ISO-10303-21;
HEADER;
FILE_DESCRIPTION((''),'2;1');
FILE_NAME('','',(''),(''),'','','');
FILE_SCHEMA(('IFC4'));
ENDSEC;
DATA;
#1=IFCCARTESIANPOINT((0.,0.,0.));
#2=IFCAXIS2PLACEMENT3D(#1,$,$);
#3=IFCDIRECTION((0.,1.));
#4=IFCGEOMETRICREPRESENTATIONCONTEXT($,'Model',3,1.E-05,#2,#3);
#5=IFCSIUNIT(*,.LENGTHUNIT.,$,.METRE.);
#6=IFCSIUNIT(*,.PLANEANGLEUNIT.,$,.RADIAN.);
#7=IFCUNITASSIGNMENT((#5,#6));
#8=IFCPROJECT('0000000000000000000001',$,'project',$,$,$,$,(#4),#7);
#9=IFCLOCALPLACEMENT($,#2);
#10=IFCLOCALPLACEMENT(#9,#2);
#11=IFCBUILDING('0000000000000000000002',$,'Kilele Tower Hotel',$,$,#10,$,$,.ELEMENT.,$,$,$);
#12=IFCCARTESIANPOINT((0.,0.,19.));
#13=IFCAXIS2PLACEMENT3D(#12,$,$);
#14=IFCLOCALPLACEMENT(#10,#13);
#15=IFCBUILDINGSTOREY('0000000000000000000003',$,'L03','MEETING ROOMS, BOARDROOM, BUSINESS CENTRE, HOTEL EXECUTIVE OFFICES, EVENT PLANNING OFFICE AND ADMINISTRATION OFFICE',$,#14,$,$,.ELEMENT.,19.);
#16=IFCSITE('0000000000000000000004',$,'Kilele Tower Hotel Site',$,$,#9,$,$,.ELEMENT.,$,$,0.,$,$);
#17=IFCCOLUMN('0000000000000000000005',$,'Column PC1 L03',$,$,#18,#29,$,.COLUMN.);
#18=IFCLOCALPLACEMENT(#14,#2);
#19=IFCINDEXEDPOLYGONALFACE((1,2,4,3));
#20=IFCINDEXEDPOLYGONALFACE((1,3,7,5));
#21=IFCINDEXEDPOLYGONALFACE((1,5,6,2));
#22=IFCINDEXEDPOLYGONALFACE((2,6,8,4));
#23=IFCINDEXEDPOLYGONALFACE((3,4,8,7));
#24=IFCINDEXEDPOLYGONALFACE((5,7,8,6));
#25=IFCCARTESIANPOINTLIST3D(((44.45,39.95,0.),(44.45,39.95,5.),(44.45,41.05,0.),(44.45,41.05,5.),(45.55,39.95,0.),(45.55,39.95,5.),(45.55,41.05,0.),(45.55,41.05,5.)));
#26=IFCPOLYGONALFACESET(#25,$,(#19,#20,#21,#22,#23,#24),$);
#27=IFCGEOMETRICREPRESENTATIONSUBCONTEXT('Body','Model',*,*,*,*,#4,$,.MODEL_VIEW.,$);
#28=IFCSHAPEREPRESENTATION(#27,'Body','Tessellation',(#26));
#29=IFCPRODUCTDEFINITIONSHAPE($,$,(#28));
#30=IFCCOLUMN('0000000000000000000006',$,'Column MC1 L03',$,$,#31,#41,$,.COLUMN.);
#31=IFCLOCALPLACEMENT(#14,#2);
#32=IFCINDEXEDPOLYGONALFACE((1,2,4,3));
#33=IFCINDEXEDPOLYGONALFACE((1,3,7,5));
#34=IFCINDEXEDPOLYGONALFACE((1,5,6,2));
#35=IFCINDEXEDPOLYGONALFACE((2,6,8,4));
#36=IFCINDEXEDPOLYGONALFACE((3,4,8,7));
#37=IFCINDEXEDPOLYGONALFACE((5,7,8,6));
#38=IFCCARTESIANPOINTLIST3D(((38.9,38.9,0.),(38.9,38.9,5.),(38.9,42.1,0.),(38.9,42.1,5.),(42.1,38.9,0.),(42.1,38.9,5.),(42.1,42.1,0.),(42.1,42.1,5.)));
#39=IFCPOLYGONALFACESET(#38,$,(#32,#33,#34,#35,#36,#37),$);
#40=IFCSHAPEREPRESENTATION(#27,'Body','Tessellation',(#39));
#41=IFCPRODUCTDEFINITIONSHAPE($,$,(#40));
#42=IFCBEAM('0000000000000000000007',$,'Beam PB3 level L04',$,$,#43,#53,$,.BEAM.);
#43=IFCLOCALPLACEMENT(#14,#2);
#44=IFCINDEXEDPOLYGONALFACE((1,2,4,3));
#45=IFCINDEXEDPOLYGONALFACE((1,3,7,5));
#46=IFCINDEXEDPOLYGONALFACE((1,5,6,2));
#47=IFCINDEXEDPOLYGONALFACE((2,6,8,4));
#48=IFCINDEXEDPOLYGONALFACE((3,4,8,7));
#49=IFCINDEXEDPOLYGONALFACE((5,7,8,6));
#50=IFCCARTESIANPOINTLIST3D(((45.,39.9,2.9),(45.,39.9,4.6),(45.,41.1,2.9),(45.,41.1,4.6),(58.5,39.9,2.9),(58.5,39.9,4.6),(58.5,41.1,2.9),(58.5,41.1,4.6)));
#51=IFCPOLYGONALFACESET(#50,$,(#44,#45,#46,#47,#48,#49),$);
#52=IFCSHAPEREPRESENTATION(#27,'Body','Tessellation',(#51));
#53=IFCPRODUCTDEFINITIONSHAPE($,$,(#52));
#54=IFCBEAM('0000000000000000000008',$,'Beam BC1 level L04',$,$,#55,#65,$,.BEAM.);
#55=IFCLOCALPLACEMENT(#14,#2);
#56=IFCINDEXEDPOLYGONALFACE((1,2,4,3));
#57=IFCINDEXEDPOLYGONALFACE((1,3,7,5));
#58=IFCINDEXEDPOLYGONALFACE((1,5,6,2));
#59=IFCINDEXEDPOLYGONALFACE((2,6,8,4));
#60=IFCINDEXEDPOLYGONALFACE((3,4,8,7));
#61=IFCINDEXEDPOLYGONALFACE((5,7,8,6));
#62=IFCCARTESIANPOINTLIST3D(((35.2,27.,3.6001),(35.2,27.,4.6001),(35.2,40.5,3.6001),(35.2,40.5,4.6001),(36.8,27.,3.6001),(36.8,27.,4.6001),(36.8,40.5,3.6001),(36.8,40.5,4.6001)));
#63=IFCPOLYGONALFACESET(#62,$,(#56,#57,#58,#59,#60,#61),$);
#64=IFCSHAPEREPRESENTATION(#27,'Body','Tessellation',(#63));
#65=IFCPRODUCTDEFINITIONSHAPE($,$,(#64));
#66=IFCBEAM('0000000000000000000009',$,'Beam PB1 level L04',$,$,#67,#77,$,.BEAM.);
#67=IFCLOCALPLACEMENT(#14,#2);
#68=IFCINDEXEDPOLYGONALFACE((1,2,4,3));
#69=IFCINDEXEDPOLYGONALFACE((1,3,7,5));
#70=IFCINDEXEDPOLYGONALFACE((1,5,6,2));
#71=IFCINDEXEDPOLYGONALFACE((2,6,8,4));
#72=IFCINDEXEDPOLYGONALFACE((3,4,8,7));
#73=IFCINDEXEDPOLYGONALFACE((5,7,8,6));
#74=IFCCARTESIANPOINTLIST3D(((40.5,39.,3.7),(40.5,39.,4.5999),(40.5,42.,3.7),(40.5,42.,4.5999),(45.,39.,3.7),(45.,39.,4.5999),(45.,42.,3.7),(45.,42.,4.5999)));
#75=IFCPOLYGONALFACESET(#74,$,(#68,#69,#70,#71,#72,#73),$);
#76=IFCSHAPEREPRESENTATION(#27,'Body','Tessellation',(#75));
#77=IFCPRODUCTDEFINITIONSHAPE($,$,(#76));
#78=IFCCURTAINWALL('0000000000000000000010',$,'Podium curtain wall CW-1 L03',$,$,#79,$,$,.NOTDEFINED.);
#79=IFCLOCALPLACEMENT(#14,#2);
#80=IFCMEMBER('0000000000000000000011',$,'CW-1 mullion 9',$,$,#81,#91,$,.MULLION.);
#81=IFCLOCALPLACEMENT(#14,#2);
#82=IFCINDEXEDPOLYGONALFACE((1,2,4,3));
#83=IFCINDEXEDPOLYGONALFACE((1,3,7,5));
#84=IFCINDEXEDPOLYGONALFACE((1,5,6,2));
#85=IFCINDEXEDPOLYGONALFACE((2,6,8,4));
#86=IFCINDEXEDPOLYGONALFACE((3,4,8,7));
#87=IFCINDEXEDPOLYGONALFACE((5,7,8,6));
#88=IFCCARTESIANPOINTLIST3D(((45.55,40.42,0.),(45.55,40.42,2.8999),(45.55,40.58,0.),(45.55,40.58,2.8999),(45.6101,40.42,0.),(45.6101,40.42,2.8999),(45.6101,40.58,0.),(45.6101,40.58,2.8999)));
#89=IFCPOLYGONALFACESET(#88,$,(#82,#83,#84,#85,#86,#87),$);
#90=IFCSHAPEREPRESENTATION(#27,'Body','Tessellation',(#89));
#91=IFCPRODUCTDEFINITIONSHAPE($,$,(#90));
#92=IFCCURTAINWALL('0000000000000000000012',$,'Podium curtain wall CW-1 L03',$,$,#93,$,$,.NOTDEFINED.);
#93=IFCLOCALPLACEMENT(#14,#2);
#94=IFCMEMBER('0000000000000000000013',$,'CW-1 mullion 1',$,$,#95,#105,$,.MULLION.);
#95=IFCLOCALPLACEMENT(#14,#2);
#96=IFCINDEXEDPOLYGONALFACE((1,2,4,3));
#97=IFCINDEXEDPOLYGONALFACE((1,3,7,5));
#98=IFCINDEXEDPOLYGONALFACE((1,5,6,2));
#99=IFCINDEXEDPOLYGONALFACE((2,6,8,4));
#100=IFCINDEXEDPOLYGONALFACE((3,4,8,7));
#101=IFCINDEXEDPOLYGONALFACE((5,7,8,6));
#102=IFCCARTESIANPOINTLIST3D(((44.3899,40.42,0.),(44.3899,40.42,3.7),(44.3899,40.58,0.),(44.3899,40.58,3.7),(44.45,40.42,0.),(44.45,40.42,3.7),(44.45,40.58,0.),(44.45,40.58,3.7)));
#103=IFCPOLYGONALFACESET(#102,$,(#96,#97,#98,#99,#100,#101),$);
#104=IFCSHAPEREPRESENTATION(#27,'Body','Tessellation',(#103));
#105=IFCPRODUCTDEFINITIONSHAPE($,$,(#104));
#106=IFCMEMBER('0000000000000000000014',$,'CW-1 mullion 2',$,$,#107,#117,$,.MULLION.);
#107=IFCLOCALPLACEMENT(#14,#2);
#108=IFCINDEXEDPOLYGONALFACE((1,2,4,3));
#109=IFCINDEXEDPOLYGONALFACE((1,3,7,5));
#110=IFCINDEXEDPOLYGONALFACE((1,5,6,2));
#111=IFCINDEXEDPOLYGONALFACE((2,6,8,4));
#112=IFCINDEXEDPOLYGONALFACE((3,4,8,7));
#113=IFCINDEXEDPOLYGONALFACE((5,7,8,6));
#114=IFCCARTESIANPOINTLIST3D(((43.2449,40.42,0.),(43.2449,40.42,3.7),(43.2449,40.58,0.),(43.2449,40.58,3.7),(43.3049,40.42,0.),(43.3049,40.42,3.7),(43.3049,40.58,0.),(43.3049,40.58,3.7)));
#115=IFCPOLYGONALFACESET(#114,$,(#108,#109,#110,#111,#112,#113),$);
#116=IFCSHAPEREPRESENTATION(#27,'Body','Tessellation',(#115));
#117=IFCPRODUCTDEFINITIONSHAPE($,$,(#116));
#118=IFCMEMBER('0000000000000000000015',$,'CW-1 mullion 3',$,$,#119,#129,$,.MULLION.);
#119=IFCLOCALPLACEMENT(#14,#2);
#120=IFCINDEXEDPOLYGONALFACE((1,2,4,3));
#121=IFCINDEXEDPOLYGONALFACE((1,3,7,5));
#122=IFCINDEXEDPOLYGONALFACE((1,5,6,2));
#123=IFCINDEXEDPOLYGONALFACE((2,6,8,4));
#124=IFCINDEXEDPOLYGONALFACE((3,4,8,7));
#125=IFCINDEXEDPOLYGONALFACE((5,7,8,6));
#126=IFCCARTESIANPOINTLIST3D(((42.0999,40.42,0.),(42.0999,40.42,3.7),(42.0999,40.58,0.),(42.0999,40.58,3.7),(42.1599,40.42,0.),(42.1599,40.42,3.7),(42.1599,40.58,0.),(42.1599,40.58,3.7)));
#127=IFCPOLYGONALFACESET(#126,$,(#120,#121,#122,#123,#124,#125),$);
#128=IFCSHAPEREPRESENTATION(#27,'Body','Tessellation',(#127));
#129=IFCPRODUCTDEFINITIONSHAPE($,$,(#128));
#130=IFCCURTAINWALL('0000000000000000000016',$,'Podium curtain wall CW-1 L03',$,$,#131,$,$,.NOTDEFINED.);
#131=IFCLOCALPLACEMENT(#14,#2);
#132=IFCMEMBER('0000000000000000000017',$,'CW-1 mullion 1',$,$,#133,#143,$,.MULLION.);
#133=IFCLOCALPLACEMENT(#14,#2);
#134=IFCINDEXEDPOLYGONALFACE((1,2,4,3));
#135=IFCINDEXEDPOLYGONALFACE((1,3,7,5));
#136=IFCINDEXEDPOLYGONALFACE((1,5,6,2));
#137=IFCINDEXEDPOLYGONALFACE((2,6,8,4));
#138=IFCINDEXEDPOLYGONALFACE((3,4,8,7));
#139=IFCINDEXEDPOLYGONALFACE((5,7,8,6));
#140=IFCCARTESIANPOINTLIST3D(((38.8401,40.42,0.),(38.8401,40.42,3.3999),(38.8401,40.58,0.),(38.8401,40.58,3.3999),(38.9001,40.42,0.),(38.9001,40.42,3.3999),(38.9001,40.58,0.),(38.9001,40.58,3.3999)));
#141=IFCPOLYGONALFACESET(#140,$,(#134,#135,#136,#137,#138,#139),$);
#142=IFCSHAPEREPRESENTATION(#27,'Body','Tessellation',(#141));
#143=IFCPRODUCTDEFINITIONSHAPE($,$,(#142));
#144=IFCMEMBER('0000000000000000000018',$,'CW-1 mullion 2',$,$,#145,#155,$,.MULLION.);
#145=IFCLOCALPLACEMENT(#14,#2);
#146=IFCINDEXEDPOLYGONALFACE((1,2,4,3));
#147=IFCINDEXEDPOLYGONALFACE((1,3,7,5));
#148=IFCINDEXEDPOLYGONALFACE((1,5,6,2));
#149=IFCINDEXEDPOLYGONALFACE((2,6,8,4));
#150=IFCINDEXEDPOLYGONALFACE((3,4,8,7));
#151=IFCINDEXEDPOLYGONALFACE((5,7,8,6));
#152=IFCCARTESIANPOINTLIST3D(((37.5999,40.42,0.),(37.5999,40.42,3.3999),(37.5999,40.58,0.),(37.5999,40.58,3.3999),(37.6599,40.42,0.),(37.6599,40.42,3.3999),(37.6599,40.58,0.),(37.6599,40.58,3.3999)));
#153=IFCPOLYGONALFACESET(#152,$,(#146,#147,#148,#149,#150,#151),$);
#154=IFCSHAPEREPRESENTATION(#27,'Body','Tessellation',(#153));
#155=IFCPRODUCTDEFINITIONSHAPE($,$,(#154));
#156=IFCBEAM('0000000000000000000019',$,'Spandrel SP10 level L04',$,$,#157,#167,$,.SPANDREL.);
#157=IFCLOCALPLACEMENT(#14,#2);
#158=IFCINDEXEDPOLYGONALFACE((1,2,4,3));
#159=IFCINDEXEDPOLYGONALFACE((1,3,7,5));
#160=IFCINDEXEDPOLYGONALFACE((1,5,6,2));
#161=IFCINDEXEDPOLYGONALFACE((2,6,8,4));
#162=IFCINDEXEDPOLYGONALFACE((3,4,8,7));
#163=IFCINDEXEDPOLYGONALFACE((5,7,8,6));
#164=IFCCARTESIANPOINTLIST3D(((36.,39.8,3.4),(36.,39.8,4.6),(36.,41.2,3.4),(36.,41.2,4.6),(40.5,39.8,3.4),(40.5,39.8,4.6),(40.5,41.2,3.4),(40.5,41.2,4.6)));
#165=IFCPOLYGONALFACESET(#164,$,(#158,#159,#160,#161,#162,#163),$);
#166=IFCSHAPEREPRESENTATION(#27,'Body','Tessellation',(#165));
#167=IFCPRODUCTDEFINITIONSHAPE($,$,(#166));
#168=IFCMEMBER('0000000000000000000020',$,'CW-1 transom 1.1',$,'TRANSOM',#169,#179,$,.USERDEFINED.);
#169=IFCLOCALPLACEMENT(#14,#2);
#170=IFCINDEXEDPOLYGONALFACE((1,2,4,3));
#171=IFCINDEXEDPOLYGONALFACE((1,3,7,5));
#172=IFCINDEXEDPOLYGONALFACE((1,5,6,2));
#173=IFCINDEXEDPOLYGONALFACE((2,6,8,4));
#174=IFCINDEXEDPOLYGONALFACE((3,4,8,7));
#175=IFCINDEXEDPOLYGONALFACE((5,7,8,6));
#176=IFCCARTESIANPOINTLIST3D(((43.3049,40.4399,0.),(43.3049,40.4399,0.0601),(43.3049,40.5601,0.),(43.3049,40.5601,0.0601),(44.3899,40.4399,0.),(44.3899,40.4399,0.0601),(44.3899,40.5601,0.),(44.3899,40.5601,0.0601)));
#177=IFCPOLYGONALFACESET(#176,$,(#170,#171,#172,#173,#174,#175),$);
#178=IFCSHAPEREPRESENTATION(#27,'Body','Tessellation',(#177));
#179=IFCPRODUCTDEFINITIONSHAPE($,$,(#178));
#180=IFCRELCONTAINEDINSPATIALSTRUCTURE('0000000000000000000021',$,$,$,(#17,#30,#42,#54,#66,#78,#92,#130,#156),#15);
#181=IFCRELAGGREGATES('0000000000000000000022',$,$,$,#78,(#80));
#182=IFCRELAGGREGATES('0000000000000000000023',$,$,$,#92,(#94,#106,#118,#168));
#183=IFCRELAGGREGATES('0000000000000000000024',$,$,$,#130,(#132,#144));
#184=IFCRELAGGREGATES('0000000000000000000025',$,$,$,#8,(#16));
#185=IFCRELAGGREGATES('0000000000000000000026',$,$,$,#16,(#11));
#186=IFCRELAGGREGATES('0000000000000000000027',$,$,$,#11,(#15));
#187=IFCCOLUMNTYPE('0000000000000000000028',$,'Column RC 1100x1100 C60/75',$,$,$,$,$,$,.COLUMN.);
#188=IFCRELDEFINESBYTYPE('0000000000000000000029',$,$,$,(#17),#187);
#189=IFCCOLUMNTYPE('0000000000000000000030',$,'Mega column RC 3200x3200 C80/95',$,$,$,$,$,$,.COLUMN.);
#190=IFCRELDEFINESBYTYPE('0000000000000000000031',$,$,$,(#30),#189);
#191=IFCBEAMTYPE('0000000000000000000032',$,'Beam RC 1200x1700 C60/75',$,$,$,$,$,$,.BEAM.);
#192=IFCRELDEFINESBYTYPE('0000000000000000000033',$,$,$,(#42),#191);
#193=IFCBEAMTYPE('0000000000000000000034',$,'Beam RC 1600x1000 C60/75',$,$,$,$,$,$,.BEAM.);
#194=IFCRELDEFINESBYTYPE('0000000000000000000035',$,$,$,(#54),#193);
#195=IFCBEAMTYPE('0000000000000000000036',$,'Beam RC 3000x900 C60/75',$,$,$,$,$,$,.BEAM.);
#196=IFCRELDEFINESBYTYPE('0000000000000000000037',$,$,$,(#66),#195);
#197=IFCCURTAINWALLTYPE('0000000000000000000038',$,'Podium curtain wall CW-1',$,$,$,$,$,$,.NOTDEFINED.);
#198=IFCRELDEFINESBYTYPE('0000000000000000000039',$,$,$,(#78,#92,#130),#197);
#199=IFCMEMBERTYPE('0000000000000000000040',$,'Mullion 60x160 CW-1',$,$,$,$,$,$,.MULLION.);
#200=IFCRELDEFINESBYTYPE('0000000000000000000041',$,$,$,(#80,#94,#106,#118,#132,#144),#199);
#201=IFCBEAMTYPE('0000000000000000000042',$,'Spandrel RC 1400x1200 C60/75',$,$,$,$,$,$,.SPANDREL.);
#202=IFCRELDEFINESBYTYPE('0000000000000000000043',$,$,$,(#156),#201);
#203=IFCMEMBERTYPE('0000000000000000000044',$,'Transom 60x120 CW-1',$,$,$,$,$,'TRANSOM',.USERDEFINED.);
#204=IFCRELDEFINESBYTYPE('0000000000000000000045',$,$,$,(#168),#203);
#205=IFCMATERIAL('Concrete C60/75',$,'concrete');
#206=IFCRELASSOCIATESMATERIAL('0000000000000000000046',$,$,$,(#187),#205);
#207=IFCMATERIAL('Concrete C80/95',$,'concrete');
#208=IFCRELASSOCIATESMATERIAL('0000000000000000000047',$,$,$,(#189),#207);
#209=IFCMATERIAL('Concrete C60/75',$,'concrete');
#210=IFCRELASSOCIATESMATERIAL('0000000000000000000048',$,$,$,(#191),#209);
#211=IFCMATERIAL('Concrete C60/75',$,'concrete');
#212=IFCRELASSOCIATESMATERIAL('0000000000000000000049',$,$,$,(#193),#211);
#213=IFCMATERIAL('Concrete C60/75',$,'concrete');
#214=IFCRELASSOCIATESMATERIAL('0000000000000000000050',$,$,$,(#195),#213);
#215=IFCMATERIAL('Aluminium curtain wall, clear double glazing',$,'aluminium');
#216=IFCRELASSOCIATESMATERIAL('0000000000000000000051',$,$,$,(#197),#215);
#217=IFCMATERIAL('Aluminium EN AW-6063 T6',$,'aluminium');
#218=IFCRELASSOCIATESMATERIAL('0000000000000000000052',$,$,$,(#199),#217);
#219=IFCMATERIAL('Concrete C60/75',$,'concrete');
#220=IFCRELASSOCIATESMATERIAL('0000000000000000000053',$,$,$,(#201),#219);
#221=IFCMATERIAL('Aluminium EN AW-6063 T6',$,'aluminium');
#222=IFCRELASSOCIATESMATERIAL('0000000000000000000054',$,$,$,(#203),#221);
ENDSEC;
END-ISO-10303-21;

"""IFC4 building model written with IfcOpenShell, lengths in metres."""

from ifc_helpers import new_model, si_unit, direction, frame, origin, origin_2d, place, context, subcontext, project, spatial, rectangle, extrude, material, material_profile, profile_set, type_object, element, aggregate, save


model = new_model("IFC4")

# Units and contexts
model_context = context("Model", 3, precision=1e-05, world=origin(), true_north=direction((0.0, 1.0)))
body_context = subcontext(model_context, "Body", "Model", "MODEL_VIEW")
ifc_project = project(units=[si_unit("LENGTHUNIT", "METRE"), si_unit("PLANEANGLEUNIT", "RADIAN")], contexts=[model_context])

# Site, building, storey
site_placement = place(None, origin())
site = spatial("IfcSite", under=ifc_project, at=site_placement, Name="Kilele Tower Hotel Site", CompositionType="ELEMENT", RefElevation=0.0)
building_placement = place(site_placement, origin())
building = spatial("IfcBuilding", under=site, at=building_placement, Name="Kilele Tower Hotel", CompositionType="ELEMENT")
storey_placement = place(building_placement, frame((0.0, 0.0, 19.0)))
storey = spatial("IfcBuildingStorey", under=building, at=storey_placement, Name="L03", Description="MEETING ROOMS, BOARDROOM, BUSINESS CENTRE, HOTEL EXECUTIVE OFFICES, EVENT PLANNING OFFICE AND ADMINISTRATION OFFICE", CompositionType="ELEMENT", Elevation=19.0)

# Columns
ifc_material_1 = material(Name="Concrete C60/75", Category="concrete")
ifc_material_profile_1 = material_profile(ifc_material_1, rectangle(XDim=1.1001, YDim=1.1001, at=origin_2d()))
ifc_profile_set_1 = profile_set([ifc_material_profile_1], Name="Concrete C60/75")
column_type_1 = type_object("IfcColumnType", Name="Column RC 1100x1100 C60/75", PredefinedType="COLUMN", material=ifc_profile_set_1)
column_1_placement = place(storey_placement, frame((45.0, 40.5, 0.0), z_axis=(0.0, 0.0, 1.0), x_axis=(1.0, 0.0, 0.0)))
element("IfcColumn", 1, at=column_1_placement, inside=storey, type_object=column_type_1, Name="Column PC1 L03", PredefinedType="COLUMN", context=body_context, shape_type="SweptSolid", body=[
    extrude(rectangle(XDim=1.1001, YDim=1.1001, at=origin_2d()), origin(), (0.0, 0.0, 1.0), 5.0),
])
ifc_material_2 = material(Name="Concrete C80/95", Category="concrete")
ifc_material_profile_2 = material_profile(ifc_material_2, rectangle(XDim=3.2, YDim=3.2, at=origin_2d()))
ifc_profile_set_2 = profile_set([ifc_material_profile_2], Name="Concrete C80/95")
column_type_2 = type_object("IfcColumnType", Name="Mega column RC 3200x3200 C80/95", PredefinedType="COLUMN", material=ifc_profile_set_2)
column_2_placement = place(storey_placement, frame((40.5, 40.5, 0.0), z_axis=(0.0, 0.0, 1.0), x_axis=(1.0, 0.0, 0.0)))
element("IfcColumn", 2, at=column_2_placement, inside=storey, type_object=column_type_2, Name="Column MC1 L03", PredefinedType="COLUMN", context=body_context, shape_type="SweptSolid", body=[
    extrude(rectangle(XDim=3.2, YDim=3.2, at=origin_2d()), origin(), (0.0, 0.0, 1.0), 5.0),
])

# Beams
ifc_material_3 = material(Name="Concrete C60/75", Category="concrete")
ifc_material_profile_3 = material_profile(ifc_material_3, rectangle(XDim=1.2, YDim=1.7, at=origin_2d()))
ifc_profile_set_3 = profile_set([ifc_material_profile_3], Name="Concrete C60/75")
beam_type_1 = type_object("IfcBeamType", Name="Beam RC 1200x1700 C60/75", PredefinedType="BEAM", material=ifc_profile_set_3)
beam_1_placement = place(storey_placement, frame((45.0, 40.5, 3.75), z_axis=(1.0, 0.0, 0.0), x_axis=(0.0, 1.0, 0.0)))
element("IfcBeam", 3, at=beam_1_placement, inside=storey, type_object=beam_type_1, Name="Beam PB3 level L04", PredefinedType="BEAM", context=body_context, shape_type="SweptSolid", body=[
    extrude(rectangle(XDim=1.2, YDim=1.7, at=origin_2d()), origin(), (0.0, 0.0, 1.0), 13.5),
])
ifc_material_4 = material(Name="Concrete C60/75", Category="concrete")
ifc_material_profile_4 = material_profile(ifc_material_4, rectangle(XDim=1.6001, YDim=1.0, at=origin_2d()))
ifc_profile_set_4 = profile_set([ifc_material_profile_4], Name="Concrete C60/75")
beam_type_2 = type_object("IfcBeamType", Name="Beam RC 1600x1000 C60/75", PredefinedType="BEAM", material=ifc_profile_set_4)
beam_2_placement = place(storey_placement, frame((36.0, 40.5, 4.1001), z_axis=(0.0, -1.0, 0.0), x_axis=(1.0, 0.0, 0.0)))
element("IfcBeam", 4, at=beam_2_placement, inside=storey, type_object=beam_type_2, Name="Beam BC1 level L04", PredefinedType="BEAM", context=body_context, shape_type="SweptSolid", body=[
    extrude(rectangle(XDim=1.6001, YDim=1.0, at=origin_2d()), origin(), (0.0, 0.0, 1.0), 13.5),
])
ifc_material_5 = material(Name="Concrete C60/75", Category="concrete")
ifc_material_profile_5 = material_profile(ifc_material_5, rectangle(XDim=3.0, YDim=0.8999, at=origin_2d()))
ifc_profile_set_5 = profile_set([ifc_material_profile_5], Name="Concrete C60/75")
beam_type_3 = type_object("IfcBeamType", Name="Beam RC 3000x900 C60/75", PredefinedType="BEAM", material=ifc_profile_set_5)
beam_3_placement = place(storey_placement, frame((40.5, 40.5, 4.1499), z_axis=(1.0, 0.0, 0.0), x_axis=(0.0, 1.0, 0.0)))
element("IfcBeam", 5, at=beam_3_placement, inside=storey, type_object=beam_type_3, Name="Beam PB1 level L04", PredefinedType="BEAM", context=body_context, shape_type="SweptSolid", body=[
    extrude(rectangle(XDim=3.0, YDim=0.8999, at=origin_2d()), origin(), (0.0, 0.0, 1.0), 4.5),
])

# Curtain wall, member
ifc_material_6 = material(Name="Aluminium curtain wall, clear double glazing", Category="aluminium")
curtain_wall_type = type_object("IfcCurtainWallType", Name="Podium curtain wall CW-1", PredefinedType="NOTDEFINED", material=ifc_material_6)
curtain_wall_1_placement = place(storey_placement, origin())
curtain_wall_1 = element("IfcCurtainWall", 6, at=curtain_wall_1_placement, inside=storey, type_object=curtain_wall_type, Name="Podium curtain wall CW-1 L03", PredefinedType="NOTDEFINED")
ifc_material_7 = material(Name="Aluminium EN AW-6063 T6", Category="aluminium")
ifc_material_profile_6 = material_profile(ifc_material_7, rectangle(XDim=0.1599, YDim=0.0601, at=origin_2d()))
ifc_profile_set_6 = profile_set([ifc_material_profile_6], Name="Aluminium EN AW-6063 T6")
member_type_1 = type_object("IfcMemberType", Name="Mullion 60x160 CW-1", PredefinedType="MULLION", material=ifc_profile_set_6)
member_1_placement = place(storey_placement, frame((45.5801, 40.5, 0.0), z_axis=(0.0, 0.0, 1.0), x_axis=(0.0, -1.0, 0.0)))
member_1 = element("IfcMember", 7, at=member_1_placement, type_object=member_type_1, Name="CW-1 mullion 9", PredefinedType="MULLION", context=body_context, shape_type="SweptSolid", body=[
    extrude(rectangle(XDim=0.1599, YDim=0.0601, at=origin_2d()), origin(), (0.0, 0.0, 1.0), 2.8999),
])

# Curtain walls, members
curtain_wall_2_placement = place(storey_placement, origin())
curtain_wall_2 = element("IfcCurtainWall", 8, at=curtain_wall_2_placement, inside=storey, type_object=curtain_wall_type, Name="Podium curtain wall CW-1 L03", PredefinedType="NOTDEFINED")
member_2_placement = place(storey_placement, frame((44.4199, 40.5, 0.0), z_axis=(0.0, 0.0, 1.0), x_axis=(0.0, -1.0, 0.0)))
member_2 = element("IfcMember", 9, at=member_2_placement, type_object=member_type_1, Name="CW-1 mullion 1", PredefinedType="MULLION", context=body_context, shape_type="SweptSolid", body=[
    extrude(rectangle(XDim=0.1599, YDim=0.0601, at=origin_2d()), origin(), (0.0, 0.0, 1.0), 3.7),
])
member_3_placement = place(storey_placement, frame((43.2749, 40.5, 0.0), z_axis=(0.0, 0.0, 1.0), x_axis=(0.0, -1.0, 0.0)))
member_3 = element("IfcMember", 10, at=member_3_placement, type_object=member_type_1, Name="CW-1 mullion 2", PredefinedType="MULLION", context=body_context, shape_type="SweptSolid", body=[
    extrude(rectangle(XDim=0.1599, YDim=0.0601, at=origin_2d()), origin(), (0.0, 0.0, 1.0), 3.7),
])
member_4_placement = place(storey_placement, frame((42.1299, 40.5, 0.0), z_axis=(0.0, 0.0, 1.0), x_axis=(0.0, -1.0, 0.0)))
member_4 = element("IfcMember", 11, at=member_4_placement, type_object=member_type_1, Name="CW-1 mullion 3", PredefinedType="MULLION", context=body_context, shape_type="SweptSolid", body=[
    extrude(rectangle(XDim=0.1599, YDim=0.0601, at=origin_2d()), origin(), (0.0, 0.0, 1.0), 3.7),
])
curtain_wall_3_placement = place(storey_placement, origin())
curtain_wall_3 = element("IfcCurtainWall", 12, at=curtain_wall_3_placement, inside=storey, type_object=curtain_wall_type, Name="Podium curtain wall CW-1 L03", PredefinedType="NOTDEFINED")
member_5_placement = place(storey_placement, frame((38.8701, 40.5, 0.0), z_axis=(0.0, 0.0, 1.0), x_axis=(0.0, -1.0, 0.0)))
member_5 = element("IfcMember", 13, at=member_5_placement, type_object=member_type_1, Name="CW-1 mullion 1", PredefinedType="MULLION", context=body_context, shape_type="SweptSolid", body=[
    extrude(rectangle(XDim=0.1599, YDim=0.0601, at=origin_2d()), origin(), (0.0, 0.0, 1.0), 3.3999),
])
member_6_placement = place(storey_placement, frame((37.6299, 40.5, 0.0), z_axis=(0.0, 0.0, 1.0), x_axis=(0.0, -1.0, 0.0)))
member_6 = element("IfcMember", 14, at=member_6_placement, type_object=member_type_1, Name="CW-1 mullion 2", PredefinedType="MULLION", context=body_context, shape_type="SweptSolid", body=[
    extrude(rectangle(XDim=0.1599, YDim=0.0601, at=origin_2d()), origin(), (0.0, 0.0, 1.0), 3.3999),
])

# Beam
ifc_material_8 = material(Name="Concrete C60/75", Category="concrete")
ifc_material_profile_7 = material_profile(ifc_material_8, rectangle(XDim=1.3999, YDim=1.2, at=origin_2d()))
ifc_profile_set_7 = profile_set([ifc_material_profile_7], Name="Concrete C60/75")
beam_type_4 = type_object("IfcBeamType", Name="Spandrel RC 1400x1200 C60/75", PredefinedType="SPANDREL", material=ifc_profile_set_7)
beam_4_placement = place(storey_placement, frame((40.5, 40.5, 4.0), z_axis=(-1.0, 0.0, 0.0), x_axis=(0.0, -1.0, 0.0)))
element("IfcBeam", 15, at=beam_4_placement, inside=storey, type_object=beam_type_4, Name="Spandrel SP10 level L04", PredefinedType="SPANDREL", context=body_context, shape_type="SweptSolid", body=[
    extrude(rectangle(XDim=1.3999, YDim=1.2, at=origin_2d()), origin(), (0.0, 0.0, 1.0), 4.5),
])

# Member
ifc_material_9 = material(Name="Aluminium EN AW-6063 T6", Category="aluminium")
ifc_material_profile_8 = material_profile(ifc_material_9, rectangle(XDim=0.1201, YDim=0.0601, at=origin_2d()))
ifc_profile_set_8 = profile_set([ifc_material_profile_8], Name="Aluminium EN AW-6063 T6")
member_type_2 = type_object("IfcMemberType", Name="Transom 60x120 CW-1", ElementType="TRANSOM", PredefinedType="USERDEFINED", material=ifc_profile_set_8)
member_7_placement = place(storey_placement, frame((44.3899, 40.5, 0.03), z_axis=(-1.0, 0.0, 0.0), x_axis=(0.0, -1.0, 0.0)))
member_7 = element("IfcMember", 16, at=member_7_placement, type_object=member_type_2, Name="CW-1 transom 1.1", ObjectType="TRANSOM", PredefinedType="USERDEFINED", context=body_context, shape_type="SweptSolid", body=[
    extrude(rectangle(XDim=0.1201, YDim=0.0601, at=origin_2d()), origin(), (0.0, 0.0, 1.0), 1.085),
])

aggregate(curtain_wall_1, [member_1])
aggregate(curtain_wall_2, [member_2, member_3, member_4, member_7])
aggregate(curtain_wall_3, [member_5, member_6])

save(model, "model.ifc")
